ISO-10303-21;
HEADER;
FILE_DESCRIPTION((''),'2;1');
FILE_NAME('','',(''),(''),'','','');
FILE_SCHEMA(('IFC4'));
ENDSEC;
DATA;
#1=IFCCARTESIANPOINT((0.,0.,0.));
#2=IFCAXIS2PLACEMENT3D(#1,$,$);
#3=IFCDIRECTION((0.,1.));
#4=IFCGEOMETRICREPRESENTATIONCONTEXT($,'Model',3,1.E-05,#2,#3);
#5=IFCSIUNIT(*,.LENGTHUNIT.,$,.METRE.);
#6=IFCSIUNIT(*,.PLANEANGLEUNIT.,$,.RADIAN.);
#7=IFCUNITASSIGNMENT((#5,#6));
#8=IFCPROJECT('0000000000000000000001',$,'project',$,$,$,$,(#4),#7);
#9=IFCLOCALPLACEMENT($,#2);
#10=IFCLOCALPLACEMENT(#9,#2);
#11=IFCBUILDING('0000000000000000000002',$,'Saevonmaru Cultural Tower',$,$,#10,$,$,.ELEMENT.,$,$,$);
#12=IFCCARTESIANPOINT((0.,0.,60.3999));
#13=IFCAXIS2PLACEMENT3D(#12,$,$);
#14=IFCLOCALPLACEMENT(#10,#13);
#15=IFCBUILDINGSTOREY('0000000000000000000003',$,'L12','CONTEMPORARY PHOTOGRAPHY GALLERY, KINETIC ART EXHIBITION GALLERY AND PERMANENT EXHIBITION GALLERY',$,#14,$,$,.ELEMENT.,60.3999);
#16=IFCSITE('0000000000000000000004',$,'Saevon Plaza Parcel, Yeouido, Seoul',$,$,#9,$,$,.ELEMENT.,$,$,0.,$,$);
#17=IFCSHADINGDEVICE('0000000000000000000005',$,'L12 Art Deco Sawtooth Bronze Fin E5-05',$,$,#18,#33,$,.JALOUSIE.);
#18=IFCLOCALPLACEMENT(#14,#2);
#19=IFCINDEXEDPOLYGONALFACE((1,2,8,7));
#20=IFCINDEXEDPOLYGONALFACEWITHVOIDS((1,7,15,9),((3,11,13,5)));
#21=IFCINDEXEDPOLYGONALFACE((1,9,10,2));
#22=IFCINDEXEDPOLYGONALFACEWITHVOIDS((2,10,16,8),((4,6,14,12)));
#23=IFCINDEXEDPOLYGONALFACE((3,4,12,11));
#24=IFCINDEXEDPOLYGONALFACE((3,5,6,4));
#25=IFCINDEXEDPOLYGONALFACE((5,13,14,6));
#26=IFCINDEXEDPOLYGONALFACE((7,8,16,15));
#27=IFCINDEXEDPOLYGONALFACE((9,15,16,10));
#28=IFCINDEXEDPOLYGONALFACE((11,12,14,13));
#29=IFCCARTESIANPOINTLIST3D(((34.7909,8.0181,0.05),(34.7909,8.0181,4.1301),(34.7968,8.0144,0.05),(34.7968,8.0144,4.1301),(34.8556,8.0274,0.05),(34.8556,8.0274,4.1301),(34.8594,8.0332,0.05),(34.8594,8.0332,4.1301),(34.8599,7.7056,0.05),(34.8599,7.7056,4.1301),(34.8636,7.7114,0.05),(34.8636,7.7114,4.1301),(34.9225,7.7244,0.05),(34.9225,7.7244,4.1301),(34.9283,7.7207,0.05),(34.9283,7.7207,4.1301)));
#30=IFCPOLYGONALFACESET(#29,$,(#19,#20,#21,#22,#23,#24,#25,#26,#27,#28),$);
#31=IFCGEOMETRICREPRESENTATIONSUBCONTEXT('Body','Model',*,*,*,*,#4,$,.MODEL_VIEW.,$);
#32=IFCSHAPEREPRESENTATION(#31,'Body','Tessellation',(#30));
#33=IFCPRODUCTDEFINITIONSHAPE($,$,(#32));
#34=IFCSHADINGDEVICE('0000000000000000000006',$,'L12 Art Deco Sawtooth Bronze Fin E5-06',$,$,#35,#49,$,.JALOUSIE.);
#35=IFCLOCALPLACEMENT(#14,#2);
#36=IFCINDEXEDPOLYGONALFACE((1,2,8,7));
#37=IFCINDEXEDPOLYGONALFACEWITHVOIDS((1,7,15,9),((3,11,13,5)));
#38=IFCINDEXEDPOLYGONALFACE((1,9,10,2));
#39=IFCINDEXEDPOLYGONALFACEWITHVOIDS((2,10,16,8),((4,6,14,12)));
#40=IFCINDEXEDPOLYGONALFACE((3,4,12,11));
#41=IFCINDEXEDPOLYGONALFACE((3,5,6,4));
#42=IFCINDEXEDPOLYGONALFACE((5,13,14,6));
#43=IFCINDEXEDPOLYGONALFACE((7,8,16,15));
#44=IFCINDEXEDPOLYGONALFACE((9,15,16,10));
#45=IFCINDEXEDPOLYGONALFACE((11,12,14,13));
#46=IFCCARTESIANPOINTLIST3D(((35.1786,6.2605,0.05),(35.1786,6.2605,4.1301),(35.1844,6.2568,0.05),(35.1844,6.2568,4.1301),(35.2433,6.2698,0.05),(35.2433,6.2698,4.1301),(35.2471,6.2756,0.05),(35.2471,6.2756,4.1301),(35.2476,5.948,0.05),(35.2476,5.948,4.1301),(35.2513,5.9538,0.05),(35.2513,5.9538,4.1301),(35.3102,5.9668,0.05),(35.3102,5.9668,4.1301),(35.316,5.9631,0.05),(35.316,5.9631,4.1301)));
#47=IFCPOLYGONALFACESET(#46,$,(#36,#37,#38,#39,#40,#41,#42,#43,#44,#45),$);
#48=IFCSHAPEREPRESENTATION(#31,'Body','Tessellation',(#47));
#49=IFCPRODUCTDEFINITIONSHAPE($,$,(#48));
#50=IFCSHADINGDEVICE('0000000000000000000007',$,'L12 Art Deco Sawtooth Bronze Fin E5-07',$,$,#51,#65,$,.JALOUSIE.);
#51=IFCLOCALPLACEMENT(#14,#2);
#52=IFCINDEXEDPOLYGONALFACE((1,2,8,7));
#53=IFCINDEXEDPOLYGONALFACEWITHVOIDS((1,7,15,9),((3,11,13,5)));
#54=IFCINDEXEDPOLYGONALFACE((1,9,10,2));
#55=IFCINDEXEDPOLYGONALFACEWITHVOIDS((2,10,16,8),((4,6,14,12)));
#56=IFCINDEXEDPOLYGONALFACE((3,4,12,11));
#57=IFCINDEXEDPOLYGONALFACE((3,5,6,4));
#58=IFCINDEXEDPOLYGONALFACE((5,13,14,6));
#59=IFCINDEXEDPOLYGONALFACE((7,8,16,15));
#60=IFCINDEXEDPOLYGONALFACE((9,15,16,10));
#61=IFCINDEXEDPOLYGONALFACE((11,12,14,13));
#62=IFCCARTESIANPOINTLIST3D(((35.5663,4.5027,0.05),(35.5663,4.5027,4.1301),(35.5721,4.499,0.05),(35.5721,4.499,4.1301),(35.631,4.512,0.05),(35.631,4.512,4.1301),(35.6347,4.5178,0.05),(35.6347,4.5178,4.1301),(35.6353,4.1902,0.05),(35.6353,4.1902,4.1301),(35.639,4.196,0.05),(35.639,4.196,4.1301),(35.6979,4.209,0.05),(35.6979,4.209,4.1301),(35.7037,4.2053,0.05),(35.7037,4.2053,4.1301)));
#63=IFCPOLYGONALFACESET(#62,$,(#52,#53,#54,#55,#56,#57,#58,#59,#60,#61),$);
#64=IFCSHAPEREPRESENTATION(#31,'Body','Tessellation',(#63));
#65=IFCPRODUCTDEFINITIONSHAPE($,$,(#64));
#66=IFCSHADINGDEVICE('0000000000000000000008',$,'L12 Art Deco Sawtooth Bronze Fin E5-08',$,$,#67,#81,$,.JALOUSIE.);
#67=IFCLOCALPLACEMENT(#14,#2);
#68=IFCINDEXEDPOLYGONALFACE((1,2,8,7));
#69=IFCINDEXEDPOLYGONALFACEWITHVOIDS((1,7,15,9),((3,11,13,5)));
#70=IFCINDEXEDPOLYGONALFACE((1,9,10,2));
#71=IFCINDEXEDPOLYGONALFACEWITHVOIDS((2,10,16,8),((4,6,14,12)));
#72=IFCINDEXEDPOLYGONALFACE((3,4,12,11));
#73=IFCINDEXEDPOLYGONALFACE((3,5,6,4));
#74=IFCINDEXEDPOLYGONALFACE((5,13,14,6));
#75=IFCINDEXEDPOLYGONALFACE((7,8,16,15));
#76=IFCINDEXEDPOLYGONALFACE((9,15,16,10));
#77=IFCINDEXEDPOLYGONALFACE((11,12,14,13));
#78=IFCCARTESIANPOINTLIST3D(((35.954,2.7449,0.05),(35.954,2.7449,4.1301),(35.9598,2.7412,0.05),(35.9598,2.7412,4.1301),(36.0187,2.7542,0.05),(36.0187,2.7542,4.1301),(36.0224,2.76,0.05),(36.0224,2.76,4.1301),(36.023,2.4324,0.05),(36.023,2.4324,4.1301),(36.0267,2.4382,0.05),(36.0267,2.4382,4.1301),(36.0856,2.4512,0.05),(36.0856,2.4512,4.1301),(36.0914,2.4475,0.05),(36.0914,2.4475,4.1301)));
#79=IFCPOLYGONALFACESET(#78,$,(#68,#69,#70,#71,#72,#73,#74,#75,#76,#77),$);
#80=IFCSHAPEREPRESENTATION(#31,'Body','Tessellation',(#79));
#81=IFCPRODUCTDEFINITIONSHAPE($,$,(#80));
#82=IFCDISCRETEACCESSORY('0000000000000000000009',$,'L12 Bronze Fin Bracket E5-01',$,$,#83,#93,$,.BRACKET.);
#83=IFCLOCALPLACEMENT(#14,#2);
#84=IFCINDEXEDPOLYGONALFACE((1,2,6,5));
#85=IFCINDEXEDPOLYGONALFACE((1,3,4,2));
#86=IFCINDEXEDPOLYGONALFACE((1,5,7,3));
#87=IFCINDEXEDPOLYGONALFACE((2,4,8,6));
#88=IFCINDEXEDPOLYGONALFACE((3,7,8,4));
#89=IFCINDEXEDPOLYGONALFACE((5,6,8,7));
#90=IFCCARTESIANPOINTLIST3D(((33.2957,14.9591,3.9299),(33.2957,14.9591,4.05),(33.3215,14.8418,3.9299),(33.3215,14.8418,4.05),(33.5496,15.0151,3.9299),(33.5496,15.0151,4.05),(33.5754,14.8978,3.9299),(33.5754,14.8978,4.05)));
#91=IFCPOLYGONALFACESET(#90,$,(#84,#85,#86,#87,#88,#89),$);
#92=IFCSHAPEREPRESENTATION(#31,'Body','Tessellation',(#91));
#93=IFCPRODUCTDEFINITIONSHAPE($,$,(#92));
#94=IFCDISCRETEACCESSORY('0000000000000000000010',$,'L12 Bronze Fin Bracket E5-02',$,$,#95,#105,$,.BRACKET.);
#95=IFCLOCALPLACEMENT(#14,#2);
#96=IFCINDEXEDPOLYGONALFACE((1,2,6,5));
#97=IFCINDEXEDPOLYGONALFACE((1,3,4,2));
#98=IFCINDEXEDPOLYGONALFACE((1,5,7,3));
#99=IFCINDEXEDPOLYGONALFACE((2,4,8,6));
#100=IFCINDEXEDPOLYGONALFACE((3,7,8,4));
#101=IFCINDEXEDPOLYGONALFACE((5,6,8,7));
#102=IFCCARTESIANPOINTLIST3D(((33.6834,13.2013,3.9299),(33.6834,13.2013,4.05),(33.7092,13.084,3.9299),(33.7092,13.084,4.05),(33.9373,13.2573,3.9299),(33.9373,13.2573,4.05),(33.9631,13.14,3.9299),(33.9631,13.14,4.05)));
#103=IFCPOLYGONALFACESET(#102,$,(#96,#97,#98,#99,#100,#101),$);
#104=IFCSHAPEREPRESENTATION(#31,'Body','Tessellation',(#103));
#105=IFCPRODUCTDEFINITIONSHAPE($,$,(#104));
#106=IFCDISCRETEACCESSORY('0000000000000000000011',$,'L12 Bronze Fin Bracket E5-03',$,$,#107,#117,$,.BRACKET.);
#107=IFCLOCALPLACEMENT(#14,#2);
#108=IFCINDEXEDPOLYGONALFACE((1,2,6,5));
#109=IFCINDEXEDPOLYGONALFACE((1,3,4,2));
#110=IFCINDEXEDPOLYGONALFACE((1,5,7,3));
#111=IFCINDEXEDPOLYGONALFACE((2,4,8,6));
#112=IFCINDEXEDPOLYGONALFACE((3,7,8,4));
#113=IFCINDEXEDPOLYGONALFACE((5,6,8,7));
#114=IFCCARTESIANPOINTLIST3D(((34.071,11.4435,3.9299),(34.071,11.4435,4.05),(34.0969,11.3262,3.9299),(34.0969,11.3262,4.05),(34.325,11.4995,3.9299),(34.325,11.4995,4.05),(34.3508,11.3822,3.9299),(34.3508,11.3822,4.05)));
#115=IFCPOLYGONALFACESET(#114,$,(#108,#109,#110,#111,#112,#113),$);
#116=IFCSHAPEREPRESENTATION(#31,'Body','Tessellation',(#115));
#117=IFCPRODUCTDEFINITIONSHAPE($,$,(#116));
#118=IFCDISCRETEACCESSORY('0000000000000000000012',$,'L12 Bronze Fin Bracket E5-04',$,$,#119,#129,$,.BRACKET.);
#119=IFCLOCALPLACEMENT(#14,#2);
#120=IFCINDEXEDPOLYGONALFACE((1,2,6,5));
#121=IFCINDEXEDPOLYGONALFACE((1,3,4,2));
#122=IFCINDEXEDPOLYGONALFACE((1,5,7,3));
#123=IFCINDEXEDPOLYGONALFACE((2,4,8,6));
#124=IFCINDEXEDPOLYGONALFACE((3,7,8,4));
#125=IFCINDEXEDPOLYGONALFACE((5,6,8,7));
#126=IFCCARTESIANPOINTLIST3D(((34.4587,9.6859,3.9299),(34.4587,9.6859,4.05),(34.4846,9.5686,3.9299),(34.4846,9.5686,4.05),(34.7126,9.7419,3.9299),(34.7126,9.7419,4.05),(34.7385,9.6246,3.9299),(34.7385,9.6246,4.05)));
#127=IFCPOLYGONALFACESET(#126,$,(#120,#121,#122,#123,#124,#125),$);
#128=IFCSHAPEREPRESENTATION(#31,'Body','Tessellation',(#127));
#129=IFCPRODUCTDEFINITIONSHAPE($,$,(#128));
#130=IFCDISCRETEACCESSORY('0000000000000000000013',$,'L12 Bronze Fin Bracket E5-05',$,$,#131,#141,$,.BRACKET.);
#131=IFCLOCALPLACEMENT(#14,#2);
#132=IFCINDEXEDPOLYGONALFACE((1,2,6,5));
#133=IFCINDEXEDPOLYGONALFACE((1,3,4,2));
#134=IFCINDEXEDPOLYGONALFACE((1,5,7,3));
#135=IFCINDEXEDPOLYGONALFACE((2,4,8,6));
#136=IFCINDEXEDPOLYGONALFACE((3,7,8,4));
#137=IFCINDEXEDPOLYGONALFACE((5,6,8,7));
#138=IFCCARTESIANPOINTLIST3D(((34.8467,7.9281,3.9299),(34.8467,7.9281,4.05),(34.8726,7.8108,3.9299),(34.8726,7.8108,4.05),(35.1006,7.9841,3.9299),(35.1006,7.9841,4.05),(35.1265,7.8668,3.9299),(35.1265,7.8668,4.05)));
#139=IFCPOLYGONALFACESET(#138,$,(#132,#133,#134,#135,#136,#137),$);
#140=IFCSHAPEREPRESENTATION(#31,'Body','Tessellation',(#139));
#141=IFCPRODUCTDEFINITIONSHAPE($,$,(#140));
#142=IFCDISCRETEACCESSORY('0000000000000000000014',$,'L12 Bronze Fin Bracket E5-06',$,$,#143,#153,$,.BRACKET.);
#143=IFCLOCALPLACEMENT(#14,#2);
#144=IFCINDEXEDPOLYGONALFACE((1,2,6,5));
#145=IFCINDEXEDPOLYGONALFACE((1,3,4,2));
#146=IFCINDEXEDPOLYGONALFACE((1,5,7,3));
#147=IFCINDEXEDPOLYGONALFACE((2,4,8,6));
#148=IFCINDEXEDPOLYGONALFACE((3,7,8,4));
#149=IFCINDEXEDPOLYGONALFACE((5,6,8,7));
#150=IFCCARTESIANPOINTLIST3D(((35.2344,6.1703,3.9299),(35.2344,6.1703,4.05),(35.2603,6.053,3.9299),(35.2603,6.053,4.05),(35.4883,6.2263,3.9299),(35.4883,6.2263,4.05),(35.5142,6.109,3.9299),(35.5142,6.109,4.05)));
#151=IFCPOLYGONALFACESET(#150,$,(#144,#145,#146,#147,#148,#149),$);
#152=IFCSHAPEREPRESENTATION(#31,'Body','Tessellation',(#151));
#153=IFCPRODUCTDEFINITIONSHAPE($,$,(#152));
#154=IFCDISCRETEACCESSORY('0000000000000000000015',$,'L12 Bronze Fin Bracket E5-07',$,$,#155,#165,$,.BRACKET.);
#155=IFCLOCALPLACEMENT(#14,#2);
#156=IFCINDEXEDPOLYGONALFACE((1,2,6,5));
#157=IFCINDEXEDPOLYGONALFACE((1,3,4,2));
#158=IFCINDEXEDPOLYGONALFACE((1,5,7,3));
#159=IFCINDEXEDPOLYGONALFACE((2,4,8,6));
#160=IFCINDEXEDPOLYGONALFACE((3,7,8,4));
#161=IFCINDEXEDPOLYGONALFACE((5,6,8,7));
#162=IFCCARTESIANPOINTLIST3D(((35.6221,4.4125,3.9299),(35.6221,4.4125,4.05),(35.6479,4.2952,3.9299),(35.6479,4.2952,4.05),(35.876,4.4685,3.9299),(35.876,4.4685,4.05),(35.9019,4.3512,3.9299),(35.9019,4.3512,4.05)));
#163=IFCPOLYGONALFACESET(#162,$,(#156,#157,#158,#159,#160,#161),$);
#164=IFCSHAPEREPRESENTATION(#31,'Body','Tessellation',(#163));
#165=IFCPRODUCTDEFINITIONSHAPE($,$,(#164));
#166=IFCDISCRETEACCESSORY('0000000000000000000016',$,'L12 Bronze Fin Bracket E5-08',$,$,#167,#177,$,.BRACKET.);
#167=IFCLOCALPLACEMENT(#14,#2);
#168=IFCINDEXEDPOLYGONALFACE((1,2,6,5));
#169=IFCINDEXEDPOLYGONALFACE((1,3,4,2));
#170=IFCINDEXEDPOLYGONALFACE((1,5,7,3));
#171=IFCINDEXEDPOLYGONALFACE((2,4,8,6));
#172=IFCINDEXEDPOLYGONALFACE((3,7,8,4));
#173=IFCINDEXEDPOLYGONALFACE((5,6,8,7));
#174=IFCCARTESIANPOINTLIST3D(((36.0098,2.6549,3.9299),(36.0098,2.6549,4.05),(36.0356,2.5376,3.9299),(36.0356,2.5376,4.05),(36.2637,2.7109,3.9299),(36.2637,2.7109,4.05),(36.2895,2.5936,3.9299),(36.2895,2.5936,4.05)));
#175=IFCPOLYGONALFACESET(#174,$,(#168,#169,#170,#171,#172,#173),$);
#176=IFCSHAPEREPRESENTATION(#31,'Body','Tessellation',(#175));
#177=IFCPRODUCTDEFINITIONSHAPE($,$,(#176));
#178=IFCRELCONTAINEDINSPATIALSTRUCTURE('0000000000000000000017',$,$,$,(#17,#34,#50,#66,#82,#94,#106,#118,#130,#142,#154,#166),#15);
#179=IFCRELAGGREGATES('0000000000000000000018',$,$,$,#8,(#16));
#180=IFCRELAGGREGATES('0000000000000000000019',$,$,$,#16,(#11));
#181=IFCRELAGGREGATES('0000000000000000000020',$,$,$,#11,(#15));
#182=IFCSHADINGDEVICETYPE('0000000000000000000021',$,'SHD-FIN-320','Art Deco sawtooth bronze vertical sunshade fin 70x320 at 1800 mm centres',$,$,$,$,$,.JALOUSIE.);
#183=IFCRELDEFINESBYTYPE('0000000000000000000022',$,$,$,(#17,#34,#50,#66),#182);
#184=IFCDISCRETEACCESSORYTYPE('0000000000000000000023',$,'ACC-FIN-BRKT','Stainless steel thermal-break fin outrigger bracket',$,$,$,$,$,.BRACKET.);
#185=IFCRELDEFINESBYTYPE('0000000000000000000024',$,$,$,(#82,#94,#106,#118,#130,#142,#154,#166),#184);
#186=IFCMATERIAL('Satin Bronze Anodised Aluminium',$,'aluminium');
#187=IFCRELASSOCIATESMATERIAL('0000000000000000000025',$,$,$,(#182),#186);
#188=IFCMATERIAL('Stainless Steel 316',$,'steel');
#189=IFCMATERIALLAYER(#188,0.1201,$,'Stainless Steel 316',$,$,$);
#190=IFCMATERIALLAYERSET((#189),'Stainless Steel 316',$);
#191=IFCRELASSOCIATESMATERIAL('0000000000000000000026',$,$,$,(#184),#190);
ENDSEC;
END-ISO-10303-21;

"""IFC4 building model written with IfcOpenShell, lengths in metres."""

from ifc_helpers import new_model, si_unit, direction, frame, origin, origin_2d, place, context, subcontext, project, spatial, rectangle, hollow_rectangle, extrude, material, layer, layer_set, material_profile, profile_set, type_object, element, save


model = new_model("IFC4")

# Units and contexts
model_context = context("Model", 3, precision=1e-05, world=origin(), true_north=direction((0.0, 1.0)))
body_context = subcontext(model_context, "Body", "Model", "MODEL_VIEW")
ifc_project = project(units=[si_unit("LENGTHUNIT", "METRE"), si_unit("PLANEANGLEUNIT", "RADIAN")], contexts=[model_context])

# Site, building, storey
site_placement = place(None, origin())
site = spatial("IfcSite", under=ifc_project, at=site_placement, Name="Saevon Plaza Parcel, Yeouido, Seoul", CompositionType="ELEMENT", RefElevation=0.0)
building_placement = place(site_placement, origin())
building = spatial("IfcBuilding", under=site, at=building_placement, Name="Saevonmaru Cultural Tower", CompositionType="ELEMENT")
storey_placement = place(building_placement, frame((0.0, 0.0, 60.3999)))
storey = spatial("IfcBuildingStorey", under=building, at=storey_placement, Name="L12", Description="CONTEMPORARY PHOTOGRAPHY GALLERY, KINETIC ART EXHIBITION GALLERY AND PERMANENT EXHIBITION GALLERY", CompositionType="ELEMENT", Elevation=60.3999)

# Shared definitions
ifc_material_1 = material(Name="Satin Bronze Anodised Aluminium", Category="aluminium")

# Shading devices
ifc_material_profile_1 = material_profile(ifc_material_1, hollow_rectangle(XDim=0.0701, YDim=0.3201, WallThickness=0.0049, at=origin_2d()), Name="FIN-320x70")
ifc_profile_set_1 = profile_set([ifc_material_profile_1], Name="Satin Bronze Anodised Aluminium")
shading_device_type = type_object("IfcShadingDeviceType", Name="SHD-FIN-320", Description="Art Deco sawtooth bronze vertical sunshade fin 70x320 at 1800 mm centres", PredefinedType="JALOUSIE", material=ifc_profile_set_1)
for number, where, z_axis, x_axis, name in (
    (1, (34.8596, 7.8694, 0.05), (0.0, 0.0, 1.0), (-0.976522, -0.215417, 0.0), "L12 Art Deco Sawtooth Bronze Fin E5-05"),
    (2, (35.2473, 6.1118, 0.05), (0.0, 0.0, 1.0), (-0.976522, -0.215417, 0.0), "L12 Art Deco Sawtooth Bronze Fin E5-06"),
    (3, (35.635, 4.354, 0.05), (0.0, 0.0, 1.0), (-0.976522, -0.215417, 0.0), "L12 Art Deco Sawtooth Bronze Fin E5-07"),
    (4, (36.0227, 2.5962, 0.05), (0.0, 0.0, 1.0), (-0.976522, -0.215417, 0.0), "L12 Art Deco Sawtooth Bronze Fin E5-08"),
):
    element("IfcShadingDevice", number, at=place(storey_placement, frame(where, z_axis=z_axis, x_axis=x_axis)), inside=storey, type_object=shading_device_type, Name=name, PredefinedType="JALOUSIE", context=body_context, shape_type="SweptSolid", body=[
        extrude(hollow_rectangle(XDim=0.0701, YDim=0.3201, WallThickness=0.0049, at=origin_2d()), origin(), (0.0, 0.0, 1.0), 4.0801),
    ])

# Discrete accessories
ifc_material_2 = material(Name="Stainless Steel 316", Category="steel")
ifc_layer_1 = layer(ifc_material_2, 0.1201, Name="Stainless Steel 316")
ifc_layer_set_1 = layer_set([ifc_layer_1], Name="Stainless Steel 316")
discrete_accessory_type = type_object("IfcDiscreteAccessoryType", Name="ACC-FIN-BRKT", Description="Stainless steel thermal-break fin outrigger bracket", PredefinedType="BRACKET", material=ifc_layer_set_1)
for number, where, z_axis, x_axis, name in (
    (5, (33.4355, 14.9285, 3.9299), (0.0, 0.0, 1.0), (-0.976522, -0.215417, 0.0), "L12 Bronze Fin Bracket E5-01"),
    (6, (33.8232, 13.1707, 3.9299), (0.0, 0.0, 1.0), (-0.976522, -0.215417, 0.0), "L12 Bronze Fin Bracket E5-02"),
    (7, (34.2109, 11.4128, 3.9299), (0.0, 0.0, 1.0), (-0.976522, -0.215417, 0.0), "L12 Bronze Fin Bracket E5-03"),
    (8, (34.5986, 9.6553, 3.9299), (0.0, 0.0, 1.0), (-0.976522, -0.215417, 0.0), "L12 Bronze Fin Bracket E5-04"),
    (9, (34.9866, 7.8975, 3.9299), (0.0, 0.0, 1.0), (-0.976522, -0.215417, 0.0), "L12 Bronze Fin Bracket E5-05"),
    (10, (35.3743, 6.1396, 3.9299), (0.0, 0.0, 1.0), (-0.976522, -0.215417, 0.0), "L12 Bronze Fin Bracket E5-06"),
    (11, (35.762, 4.3818, 3.9299), (0.0, 0.0, 1.0), (-0.976522, -0.215417, 0.0), "L12 Bronze Fin Bracket E5-07"),
    (12, (36.1497, 2.6243, 3.9299), (0.0, 0.0, 1.0), (-0.976522, -0.215417, 0.0), "L12 Bronze Fin Bracket E5-08"),
):
    element("IfcDiscreteAccessory", number, at=place(storey_placement, frame(where, z_axis=z_axis, x_axis=x_axis)), inside=storey, type_object=discrete_accessory_type, Name=name, PredefinedType="BRACKET", context=body_context, shape_type="SweptSolid", body=[
        extrude(rectangle(XDim=0.26, YDim=0.1201, at=origin_2d()), origin(), (0.0, 0.0, 1.0), 0.1201),
    ])

save(model, "model.ifc")
